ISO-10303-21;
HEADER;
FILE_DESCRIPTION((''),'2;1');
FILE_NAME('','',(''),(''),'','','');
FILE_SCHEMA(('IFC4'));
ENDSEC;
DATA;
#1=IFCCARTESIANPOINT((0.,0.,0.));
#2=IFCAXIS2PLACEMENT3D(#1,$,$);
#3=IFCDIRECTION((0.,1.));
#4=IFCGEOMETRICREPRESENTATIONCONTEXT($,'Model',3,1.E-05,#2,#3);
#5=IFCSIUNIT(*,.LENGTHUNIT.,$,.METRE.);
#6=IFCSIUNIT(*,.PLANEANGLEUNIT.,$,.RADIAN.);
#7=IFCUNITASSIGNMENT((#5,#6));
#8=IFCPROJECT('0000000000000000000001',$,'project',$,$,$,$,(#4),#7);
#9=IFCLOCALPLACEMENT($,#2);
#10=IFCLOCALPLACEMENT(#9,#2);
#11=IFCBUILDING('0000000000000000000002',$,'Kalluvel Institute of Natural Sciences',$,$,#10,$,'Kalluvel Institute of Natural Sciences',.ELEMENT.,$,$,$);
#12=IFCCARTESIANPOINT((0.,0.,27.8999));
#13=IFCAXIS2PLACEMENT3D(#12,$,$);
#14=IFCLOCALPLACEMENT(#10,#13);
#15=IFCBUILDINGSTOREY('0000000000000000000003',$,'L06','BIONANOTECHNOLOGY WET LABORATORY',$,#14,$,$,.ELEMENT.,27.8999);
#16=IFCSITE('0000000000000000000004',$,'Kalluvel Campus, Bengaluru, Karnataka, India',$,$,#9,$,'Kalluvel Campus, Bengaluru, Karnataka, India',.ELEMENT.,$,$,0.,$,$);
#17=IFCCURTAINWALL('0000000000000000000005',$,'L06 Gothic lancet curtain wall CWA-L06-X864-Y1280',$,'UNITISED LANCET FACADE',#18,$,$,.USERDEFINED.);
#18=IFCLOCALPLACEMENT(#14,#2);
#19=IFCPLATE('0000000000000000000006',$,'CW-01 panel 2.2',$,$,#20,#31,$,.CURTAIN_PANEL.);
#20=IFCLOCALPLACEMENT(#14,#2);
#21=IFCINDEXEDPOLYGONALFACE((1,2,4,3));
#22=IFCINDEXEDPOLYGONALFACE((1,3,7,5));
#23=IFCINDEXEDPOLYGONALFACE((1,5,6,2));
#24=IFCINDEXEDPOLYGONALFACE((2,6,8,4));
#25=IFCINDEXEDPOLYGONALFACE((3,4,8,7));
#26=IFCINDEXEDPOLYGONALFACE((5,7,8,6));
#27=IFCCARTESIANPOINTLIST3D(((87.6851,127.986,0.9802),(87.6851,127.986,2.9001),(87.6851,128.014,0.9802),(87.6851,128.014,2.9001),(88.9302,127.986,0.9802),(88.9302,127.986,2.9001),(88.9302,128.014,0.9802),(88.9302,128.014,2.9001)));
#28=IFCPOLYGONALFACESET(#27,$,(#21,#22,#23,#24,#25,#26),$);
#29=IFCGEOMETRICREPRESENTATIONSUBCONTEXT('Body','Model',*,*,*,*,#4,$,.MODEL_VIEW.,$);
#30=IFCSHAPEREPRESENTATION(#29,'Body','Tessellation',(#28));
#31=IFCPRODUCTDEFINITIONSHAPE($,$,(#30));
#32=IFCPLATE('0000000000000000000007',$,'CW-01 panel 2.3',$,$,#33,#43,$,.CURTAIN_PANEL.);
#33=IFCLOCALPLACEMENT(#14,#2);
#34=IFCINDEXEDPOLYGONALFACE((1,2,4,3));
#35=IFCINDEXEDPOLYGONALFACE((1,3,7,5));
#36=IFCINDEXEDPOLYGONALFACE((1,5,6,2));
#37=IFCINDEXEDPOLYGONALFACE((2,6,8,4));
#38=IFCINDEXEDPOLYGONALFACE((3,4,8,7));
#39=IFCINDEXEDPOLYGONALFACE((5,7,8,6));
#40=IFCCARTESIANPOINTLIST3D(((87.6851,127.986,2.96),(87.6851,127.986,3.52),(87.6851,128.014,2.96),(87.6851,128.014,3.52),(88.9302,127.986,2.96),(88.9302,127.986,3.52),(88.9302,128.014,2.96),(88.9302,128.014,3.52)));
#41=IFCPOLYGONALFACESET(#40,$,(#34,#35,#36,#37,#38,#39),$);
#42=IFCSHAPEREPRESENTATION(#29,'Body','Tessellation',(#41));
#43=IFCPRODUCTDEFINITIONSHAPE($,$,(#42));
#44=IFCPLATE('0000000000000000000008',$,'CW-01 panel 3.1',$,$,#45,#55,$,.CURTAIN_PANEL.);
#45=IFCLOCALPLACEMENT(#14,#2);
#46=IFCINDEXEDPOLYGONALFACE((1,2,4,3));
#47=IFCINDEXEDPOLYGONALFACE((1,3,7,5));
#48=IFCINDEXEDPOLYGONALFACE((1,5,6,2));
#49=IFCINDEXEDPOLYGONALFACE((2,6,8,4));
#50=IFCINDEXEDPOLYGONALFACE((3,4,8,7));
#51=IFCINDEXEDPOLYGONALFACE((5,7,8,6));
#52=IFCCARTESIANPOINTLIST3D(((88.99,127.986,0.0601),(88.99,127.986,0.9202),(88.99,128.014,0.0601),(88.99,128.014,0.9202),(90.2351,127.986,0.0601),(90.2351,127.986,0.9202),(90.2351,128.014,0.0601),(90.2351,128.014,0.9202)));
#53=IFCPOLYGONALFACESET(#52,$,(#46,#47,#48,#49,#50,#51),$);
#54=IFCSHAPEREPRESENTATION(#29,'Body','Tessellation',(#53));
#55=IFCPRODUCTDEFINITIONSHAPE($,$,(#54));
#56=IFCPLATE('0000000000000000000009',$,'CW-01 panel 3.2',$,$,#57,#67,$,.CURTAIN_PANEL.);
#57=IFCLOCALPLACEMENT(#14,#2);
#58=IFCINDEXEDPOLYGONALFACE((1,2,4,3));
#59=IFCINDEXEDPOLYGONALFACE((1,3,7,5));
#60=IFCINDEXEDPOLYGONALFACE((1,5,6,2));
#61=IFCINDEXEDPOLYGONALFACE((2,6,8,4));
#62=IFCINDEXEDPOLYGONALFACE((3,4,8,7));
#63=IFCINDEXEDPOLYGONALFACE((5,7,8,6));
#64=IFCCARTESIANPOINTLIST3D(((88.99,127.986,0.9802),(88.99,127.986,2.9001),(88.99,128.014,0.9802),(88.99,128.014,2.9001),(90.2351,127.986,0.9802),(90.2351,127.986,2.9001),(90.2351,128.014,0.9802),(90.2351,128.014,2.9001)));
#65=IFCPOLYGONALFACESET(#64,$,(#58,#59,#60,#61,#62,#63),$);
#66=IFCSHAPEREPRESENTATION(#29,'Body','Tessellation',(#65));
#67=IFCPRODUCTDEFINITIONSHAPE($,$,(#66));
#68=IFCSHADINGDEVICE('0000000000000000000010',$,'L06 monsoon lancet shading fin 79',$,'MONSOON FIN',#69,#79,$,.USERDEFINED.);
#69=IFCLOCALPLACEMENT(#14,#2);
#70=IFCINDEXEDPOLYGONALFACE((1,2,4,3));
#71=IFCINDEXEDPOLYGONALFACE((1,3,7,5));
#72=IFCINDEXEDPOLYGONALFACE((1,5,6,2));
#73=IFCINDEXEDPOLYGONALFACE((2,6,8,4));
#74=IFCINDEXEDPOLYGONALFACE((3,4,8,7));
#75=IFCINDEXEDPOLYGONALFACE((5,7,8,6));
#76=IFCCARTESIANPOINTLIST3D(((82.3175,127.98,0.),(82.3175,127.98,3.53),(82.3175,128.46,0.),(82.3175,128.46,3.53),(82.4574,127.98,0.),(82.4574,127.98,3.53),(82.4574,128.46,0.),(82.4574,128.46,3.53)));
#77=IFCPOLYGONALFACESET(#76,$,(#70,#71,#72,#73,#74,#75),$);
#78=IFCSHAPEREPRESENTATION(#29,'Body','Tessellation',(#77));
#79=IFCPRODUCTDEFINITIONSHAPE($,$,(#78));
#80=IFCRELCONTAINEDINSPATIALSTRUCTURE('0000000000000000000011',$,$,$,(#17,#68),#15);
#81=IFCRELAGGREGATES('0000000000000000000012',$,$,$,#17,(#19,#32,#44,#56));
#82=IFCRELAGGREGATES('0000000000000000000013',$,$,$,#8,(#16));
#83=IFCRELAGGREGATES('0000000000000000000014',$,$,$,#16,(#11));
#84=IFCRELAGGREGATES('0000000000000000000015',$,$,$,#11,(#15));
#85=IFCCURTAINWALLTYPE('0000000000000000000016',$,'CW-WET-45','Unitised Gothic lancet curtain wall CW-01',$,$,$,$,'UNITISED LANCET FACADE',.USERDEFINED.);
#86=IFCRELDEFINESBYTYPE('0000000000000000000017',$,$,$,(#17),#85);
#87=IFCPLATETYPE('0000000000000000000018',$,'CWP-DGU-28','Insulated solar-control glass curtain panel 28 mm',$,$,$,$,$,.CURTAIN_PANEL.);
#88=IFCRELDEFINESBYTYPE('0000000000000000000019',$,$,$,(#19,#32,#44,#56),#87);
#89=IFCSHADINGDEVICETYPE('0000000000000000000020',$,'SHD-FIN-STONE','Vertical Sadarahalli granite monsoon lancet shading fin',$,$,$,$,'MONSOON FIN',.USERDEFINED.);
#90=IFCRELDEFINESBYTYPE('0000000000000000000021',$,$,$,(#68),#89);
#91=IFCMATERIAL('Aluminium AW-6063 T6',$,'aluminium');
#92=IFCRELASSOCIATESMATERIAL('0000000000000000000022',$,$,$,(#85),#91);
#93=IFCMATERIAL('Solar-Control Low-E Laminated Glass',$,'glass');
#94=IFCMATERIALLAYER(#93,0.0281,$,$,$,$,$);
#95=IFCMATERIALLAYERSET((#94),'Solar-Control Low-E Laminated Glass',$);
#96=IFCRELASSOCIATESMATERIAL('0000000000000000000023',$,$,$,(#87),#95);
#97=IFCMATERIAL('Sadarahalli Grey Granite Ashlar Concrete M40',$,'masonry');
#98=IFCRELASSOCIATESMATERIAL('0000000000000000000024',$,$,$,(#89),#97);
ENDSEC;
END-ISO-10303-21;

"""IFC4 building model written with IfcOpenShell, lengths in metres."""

from ifc_helpers import new_model, si_unit, direction, frame, origin, origin_2d, place, context, subcontext, project, spatial, rectangle, extrude, material, layer, layer_set, type_object, element, aggregate, save


model = new_model("IFC4")

# Units and contexts
model_context = context("Model", 3, precision=1e-05, world=origin(), true_north=direction((0.0, 1.0)))
body_context = subcontext(model_context, "Body", "Model", "MODEL_VIEW")
ifc_project = project(units=[si_unit("LENGTHUNIT", "METRE"), si_unit("PLANEANGLEUNIT", "RADIAN")], contexts=[model_context])

# Site, building, storey
site_placement = place(None, origin())
site = spatial("IfcSite", under=ifc_project, at=site_placement, Name="Kalluvel Campus, Bengaluru, Karnataka, India", LongName="Kalluvel Campus, Bengaluru, Karnataka, India", CompositionType="ELEMENT", RefElevation=0.0)
building_placement = place(site_placement, origin())
building = spatial("IfcBuilding", under=site, at=building_placement, Name="Kalluvel Institute of Natural Sciences", LongName="Kalluvel Institute of Natural Sciences", CompositionType="ELEMENT")
storey_placement = place(building_placement, frame((0.0, 0.0, 27.8999)))
storey = spatial("IfcBuildingStorey", under=building, at=storey_placement, Name="L06", Description="BIONANOTECHNOLOGY WET LABORATORY", CompositionType="ELEMENT", Elevation=27.8999)

# Shared definitions
ifc_material_1 = material(Name="Aluminium AW-6063 T6", Category="aluminium")
curtain_wall_type = type_object("IfcCurtainWallType", Name="CW-WET-45", Description="Unitised Gothic lancet curtain wall CW-01", ElementType="UNITISED LANCET FACADE", PredefinedType="USERDEFINED", material=ifc_material_1)

# Curtain wall
curtain_wall_1_placement = place(storey_placement, origin())
curtain_wall_1 = element("IfcCurtainWall", 1, at=curtain_wall_1_placement, inside=storey, type_object=curtain_wall_type, Name="L06 Gothic lancet curtain wall CWA-L06-X864-Y1280", ObjectType="UNITISED LANCET FACADE", PredefinedType="USERDEFINED")

# Plates
ifc_material_2 = material(Name="Solar-Control Low-E Laminated Glass", Category="glass")
ifc_layer = layer(ifc_material_2, 0.0281)
ifc_layer_set = layer_set([ifc_layer], Name="Solar-Control Low-E Laminated Glass")
plate_type = type_object("IfcPlateType", Name="CWP-DGU-28", Description="Insulated solar-control glass curtain panel 28 mm", PredefinedType="CURTAIN_PANEL", material=ifc_layer_set)
plate_1_placement = place(storey_placement, frame((88.3076, 128.0, 0.9802), z_axis=(0.0, 0.0, 1.0), x_axis=(1.0, 0.0, 0.0)))
plate_1 = element("IfcPlate", 2, at=plate_1_placement, type_object=plate_type, Name="CW-01 panel 2.2", PredefinedType="CURTAIN_PANEL", context=body_context, shape_type="SweptSolid", body=[
    extrude(rectangle(XDim=1.2451, YDim=0.0281, at=origin_2d()), origin(), (0.0, 0.0, 1.0), 1.9199),
])
plate_2_placement = place(storey_placement, frame((88.3076, 128.0, 2.96), z_axis=(0.0, 0.0, 1.0), x_axis=(1.0, 0.0, 0.0)))
plate_2 = element("IfcPlate", 3, at=plate_2_placement, type_object=plate_type, Name="CW-01 panel 2.3", PredefinedType="CURTAIN_PANEL", context=body_context, shape_type="SweptSolid", body=[
    extrude(rectangle(XDim=1.2451, YDim=0.0281, at=origin_2d()), origin(), (0.0, 0.0, 1.0), 0.5601),
])
plate_3_placement = place(storey_placement, frame((89.6125, 128.0, 0.0601), z_axis=(0.0, 0.0, 1.0), x_axis=(1.0, 0.0, 0.0)))
plate_3 = element("IfcPlate", 4, at=plate_3_placement, type_object=plate_type, Name="CW-01 panel 3.1", PredefinedType="CURTAIN_PANEL", context=body_context, shape_type="SweptSolid", body=[
    extrude(rectangle(XDim=1.2451, YDim=0.0281, at=origin_2d()), origin(), (0.0, 0.0, 1.0), 0.8601),
])
plate_4_placement = place(storey_placement, frame((89.6125, 128.0, 0.9802), z_axis=(0.0, 0.0, 1.0), x_axis=(1.0, 0.0, 0.0)))
plate_4 = element("IfcPlate", 5, at=plate_4_placement, type_object=plate_type, Name="CW-01 panel 3.2", PredefinedType="CURTAIN_PANEL", context=body_context, shape_type="SweptSolid", body=[
    extrude(rectangle(XDim=1.2451, YDim=0.0281, at=origin_2d()), origin(), (0.0, 0.0, 1.0), 1.9199),
])
aggregate(curtain_wall_1, [plate_1, plate_2, plate_3, plate_4])

# Shading device
ifc_material_3 = material(Name="Sadarahalli Grey Granite Ashlar Concrete M40", Category="masonry")
shading_device_type = type_object("IfcShadingDeviceType", Name="SHD-FIN-STONE", Description="Vertical Sadarahalli granite monsoon lancet shading fin", ElementType="MONSOON FIN", PredefinedType="USERDEFINED", material=ifc_material_3)
shading_device_placement = place(storey_placement, frame((82.3875, 128.22, 0.0), z_axis=(0.0, 0.0, 1.0), x_axis=(1.0, 0.0, 0.0)))
element("IfcShadingDevice", 6, at=shading_device_placement, inside=storey, type_object=shading_device_type, Name="L06 monsoon lancet shading fin 79", ObjectType="MONSOON FIN", PredefinedType="USERDEFINED", context=body_context, shape_type="SweptSolid", body=[
    extrude(rectangle(XDim=0.1399, YDim=0.48, at=origin_2d()), origin(), (0.0, 0.0, 1.0), 3.53),
])

save(model, "model.ifc")
